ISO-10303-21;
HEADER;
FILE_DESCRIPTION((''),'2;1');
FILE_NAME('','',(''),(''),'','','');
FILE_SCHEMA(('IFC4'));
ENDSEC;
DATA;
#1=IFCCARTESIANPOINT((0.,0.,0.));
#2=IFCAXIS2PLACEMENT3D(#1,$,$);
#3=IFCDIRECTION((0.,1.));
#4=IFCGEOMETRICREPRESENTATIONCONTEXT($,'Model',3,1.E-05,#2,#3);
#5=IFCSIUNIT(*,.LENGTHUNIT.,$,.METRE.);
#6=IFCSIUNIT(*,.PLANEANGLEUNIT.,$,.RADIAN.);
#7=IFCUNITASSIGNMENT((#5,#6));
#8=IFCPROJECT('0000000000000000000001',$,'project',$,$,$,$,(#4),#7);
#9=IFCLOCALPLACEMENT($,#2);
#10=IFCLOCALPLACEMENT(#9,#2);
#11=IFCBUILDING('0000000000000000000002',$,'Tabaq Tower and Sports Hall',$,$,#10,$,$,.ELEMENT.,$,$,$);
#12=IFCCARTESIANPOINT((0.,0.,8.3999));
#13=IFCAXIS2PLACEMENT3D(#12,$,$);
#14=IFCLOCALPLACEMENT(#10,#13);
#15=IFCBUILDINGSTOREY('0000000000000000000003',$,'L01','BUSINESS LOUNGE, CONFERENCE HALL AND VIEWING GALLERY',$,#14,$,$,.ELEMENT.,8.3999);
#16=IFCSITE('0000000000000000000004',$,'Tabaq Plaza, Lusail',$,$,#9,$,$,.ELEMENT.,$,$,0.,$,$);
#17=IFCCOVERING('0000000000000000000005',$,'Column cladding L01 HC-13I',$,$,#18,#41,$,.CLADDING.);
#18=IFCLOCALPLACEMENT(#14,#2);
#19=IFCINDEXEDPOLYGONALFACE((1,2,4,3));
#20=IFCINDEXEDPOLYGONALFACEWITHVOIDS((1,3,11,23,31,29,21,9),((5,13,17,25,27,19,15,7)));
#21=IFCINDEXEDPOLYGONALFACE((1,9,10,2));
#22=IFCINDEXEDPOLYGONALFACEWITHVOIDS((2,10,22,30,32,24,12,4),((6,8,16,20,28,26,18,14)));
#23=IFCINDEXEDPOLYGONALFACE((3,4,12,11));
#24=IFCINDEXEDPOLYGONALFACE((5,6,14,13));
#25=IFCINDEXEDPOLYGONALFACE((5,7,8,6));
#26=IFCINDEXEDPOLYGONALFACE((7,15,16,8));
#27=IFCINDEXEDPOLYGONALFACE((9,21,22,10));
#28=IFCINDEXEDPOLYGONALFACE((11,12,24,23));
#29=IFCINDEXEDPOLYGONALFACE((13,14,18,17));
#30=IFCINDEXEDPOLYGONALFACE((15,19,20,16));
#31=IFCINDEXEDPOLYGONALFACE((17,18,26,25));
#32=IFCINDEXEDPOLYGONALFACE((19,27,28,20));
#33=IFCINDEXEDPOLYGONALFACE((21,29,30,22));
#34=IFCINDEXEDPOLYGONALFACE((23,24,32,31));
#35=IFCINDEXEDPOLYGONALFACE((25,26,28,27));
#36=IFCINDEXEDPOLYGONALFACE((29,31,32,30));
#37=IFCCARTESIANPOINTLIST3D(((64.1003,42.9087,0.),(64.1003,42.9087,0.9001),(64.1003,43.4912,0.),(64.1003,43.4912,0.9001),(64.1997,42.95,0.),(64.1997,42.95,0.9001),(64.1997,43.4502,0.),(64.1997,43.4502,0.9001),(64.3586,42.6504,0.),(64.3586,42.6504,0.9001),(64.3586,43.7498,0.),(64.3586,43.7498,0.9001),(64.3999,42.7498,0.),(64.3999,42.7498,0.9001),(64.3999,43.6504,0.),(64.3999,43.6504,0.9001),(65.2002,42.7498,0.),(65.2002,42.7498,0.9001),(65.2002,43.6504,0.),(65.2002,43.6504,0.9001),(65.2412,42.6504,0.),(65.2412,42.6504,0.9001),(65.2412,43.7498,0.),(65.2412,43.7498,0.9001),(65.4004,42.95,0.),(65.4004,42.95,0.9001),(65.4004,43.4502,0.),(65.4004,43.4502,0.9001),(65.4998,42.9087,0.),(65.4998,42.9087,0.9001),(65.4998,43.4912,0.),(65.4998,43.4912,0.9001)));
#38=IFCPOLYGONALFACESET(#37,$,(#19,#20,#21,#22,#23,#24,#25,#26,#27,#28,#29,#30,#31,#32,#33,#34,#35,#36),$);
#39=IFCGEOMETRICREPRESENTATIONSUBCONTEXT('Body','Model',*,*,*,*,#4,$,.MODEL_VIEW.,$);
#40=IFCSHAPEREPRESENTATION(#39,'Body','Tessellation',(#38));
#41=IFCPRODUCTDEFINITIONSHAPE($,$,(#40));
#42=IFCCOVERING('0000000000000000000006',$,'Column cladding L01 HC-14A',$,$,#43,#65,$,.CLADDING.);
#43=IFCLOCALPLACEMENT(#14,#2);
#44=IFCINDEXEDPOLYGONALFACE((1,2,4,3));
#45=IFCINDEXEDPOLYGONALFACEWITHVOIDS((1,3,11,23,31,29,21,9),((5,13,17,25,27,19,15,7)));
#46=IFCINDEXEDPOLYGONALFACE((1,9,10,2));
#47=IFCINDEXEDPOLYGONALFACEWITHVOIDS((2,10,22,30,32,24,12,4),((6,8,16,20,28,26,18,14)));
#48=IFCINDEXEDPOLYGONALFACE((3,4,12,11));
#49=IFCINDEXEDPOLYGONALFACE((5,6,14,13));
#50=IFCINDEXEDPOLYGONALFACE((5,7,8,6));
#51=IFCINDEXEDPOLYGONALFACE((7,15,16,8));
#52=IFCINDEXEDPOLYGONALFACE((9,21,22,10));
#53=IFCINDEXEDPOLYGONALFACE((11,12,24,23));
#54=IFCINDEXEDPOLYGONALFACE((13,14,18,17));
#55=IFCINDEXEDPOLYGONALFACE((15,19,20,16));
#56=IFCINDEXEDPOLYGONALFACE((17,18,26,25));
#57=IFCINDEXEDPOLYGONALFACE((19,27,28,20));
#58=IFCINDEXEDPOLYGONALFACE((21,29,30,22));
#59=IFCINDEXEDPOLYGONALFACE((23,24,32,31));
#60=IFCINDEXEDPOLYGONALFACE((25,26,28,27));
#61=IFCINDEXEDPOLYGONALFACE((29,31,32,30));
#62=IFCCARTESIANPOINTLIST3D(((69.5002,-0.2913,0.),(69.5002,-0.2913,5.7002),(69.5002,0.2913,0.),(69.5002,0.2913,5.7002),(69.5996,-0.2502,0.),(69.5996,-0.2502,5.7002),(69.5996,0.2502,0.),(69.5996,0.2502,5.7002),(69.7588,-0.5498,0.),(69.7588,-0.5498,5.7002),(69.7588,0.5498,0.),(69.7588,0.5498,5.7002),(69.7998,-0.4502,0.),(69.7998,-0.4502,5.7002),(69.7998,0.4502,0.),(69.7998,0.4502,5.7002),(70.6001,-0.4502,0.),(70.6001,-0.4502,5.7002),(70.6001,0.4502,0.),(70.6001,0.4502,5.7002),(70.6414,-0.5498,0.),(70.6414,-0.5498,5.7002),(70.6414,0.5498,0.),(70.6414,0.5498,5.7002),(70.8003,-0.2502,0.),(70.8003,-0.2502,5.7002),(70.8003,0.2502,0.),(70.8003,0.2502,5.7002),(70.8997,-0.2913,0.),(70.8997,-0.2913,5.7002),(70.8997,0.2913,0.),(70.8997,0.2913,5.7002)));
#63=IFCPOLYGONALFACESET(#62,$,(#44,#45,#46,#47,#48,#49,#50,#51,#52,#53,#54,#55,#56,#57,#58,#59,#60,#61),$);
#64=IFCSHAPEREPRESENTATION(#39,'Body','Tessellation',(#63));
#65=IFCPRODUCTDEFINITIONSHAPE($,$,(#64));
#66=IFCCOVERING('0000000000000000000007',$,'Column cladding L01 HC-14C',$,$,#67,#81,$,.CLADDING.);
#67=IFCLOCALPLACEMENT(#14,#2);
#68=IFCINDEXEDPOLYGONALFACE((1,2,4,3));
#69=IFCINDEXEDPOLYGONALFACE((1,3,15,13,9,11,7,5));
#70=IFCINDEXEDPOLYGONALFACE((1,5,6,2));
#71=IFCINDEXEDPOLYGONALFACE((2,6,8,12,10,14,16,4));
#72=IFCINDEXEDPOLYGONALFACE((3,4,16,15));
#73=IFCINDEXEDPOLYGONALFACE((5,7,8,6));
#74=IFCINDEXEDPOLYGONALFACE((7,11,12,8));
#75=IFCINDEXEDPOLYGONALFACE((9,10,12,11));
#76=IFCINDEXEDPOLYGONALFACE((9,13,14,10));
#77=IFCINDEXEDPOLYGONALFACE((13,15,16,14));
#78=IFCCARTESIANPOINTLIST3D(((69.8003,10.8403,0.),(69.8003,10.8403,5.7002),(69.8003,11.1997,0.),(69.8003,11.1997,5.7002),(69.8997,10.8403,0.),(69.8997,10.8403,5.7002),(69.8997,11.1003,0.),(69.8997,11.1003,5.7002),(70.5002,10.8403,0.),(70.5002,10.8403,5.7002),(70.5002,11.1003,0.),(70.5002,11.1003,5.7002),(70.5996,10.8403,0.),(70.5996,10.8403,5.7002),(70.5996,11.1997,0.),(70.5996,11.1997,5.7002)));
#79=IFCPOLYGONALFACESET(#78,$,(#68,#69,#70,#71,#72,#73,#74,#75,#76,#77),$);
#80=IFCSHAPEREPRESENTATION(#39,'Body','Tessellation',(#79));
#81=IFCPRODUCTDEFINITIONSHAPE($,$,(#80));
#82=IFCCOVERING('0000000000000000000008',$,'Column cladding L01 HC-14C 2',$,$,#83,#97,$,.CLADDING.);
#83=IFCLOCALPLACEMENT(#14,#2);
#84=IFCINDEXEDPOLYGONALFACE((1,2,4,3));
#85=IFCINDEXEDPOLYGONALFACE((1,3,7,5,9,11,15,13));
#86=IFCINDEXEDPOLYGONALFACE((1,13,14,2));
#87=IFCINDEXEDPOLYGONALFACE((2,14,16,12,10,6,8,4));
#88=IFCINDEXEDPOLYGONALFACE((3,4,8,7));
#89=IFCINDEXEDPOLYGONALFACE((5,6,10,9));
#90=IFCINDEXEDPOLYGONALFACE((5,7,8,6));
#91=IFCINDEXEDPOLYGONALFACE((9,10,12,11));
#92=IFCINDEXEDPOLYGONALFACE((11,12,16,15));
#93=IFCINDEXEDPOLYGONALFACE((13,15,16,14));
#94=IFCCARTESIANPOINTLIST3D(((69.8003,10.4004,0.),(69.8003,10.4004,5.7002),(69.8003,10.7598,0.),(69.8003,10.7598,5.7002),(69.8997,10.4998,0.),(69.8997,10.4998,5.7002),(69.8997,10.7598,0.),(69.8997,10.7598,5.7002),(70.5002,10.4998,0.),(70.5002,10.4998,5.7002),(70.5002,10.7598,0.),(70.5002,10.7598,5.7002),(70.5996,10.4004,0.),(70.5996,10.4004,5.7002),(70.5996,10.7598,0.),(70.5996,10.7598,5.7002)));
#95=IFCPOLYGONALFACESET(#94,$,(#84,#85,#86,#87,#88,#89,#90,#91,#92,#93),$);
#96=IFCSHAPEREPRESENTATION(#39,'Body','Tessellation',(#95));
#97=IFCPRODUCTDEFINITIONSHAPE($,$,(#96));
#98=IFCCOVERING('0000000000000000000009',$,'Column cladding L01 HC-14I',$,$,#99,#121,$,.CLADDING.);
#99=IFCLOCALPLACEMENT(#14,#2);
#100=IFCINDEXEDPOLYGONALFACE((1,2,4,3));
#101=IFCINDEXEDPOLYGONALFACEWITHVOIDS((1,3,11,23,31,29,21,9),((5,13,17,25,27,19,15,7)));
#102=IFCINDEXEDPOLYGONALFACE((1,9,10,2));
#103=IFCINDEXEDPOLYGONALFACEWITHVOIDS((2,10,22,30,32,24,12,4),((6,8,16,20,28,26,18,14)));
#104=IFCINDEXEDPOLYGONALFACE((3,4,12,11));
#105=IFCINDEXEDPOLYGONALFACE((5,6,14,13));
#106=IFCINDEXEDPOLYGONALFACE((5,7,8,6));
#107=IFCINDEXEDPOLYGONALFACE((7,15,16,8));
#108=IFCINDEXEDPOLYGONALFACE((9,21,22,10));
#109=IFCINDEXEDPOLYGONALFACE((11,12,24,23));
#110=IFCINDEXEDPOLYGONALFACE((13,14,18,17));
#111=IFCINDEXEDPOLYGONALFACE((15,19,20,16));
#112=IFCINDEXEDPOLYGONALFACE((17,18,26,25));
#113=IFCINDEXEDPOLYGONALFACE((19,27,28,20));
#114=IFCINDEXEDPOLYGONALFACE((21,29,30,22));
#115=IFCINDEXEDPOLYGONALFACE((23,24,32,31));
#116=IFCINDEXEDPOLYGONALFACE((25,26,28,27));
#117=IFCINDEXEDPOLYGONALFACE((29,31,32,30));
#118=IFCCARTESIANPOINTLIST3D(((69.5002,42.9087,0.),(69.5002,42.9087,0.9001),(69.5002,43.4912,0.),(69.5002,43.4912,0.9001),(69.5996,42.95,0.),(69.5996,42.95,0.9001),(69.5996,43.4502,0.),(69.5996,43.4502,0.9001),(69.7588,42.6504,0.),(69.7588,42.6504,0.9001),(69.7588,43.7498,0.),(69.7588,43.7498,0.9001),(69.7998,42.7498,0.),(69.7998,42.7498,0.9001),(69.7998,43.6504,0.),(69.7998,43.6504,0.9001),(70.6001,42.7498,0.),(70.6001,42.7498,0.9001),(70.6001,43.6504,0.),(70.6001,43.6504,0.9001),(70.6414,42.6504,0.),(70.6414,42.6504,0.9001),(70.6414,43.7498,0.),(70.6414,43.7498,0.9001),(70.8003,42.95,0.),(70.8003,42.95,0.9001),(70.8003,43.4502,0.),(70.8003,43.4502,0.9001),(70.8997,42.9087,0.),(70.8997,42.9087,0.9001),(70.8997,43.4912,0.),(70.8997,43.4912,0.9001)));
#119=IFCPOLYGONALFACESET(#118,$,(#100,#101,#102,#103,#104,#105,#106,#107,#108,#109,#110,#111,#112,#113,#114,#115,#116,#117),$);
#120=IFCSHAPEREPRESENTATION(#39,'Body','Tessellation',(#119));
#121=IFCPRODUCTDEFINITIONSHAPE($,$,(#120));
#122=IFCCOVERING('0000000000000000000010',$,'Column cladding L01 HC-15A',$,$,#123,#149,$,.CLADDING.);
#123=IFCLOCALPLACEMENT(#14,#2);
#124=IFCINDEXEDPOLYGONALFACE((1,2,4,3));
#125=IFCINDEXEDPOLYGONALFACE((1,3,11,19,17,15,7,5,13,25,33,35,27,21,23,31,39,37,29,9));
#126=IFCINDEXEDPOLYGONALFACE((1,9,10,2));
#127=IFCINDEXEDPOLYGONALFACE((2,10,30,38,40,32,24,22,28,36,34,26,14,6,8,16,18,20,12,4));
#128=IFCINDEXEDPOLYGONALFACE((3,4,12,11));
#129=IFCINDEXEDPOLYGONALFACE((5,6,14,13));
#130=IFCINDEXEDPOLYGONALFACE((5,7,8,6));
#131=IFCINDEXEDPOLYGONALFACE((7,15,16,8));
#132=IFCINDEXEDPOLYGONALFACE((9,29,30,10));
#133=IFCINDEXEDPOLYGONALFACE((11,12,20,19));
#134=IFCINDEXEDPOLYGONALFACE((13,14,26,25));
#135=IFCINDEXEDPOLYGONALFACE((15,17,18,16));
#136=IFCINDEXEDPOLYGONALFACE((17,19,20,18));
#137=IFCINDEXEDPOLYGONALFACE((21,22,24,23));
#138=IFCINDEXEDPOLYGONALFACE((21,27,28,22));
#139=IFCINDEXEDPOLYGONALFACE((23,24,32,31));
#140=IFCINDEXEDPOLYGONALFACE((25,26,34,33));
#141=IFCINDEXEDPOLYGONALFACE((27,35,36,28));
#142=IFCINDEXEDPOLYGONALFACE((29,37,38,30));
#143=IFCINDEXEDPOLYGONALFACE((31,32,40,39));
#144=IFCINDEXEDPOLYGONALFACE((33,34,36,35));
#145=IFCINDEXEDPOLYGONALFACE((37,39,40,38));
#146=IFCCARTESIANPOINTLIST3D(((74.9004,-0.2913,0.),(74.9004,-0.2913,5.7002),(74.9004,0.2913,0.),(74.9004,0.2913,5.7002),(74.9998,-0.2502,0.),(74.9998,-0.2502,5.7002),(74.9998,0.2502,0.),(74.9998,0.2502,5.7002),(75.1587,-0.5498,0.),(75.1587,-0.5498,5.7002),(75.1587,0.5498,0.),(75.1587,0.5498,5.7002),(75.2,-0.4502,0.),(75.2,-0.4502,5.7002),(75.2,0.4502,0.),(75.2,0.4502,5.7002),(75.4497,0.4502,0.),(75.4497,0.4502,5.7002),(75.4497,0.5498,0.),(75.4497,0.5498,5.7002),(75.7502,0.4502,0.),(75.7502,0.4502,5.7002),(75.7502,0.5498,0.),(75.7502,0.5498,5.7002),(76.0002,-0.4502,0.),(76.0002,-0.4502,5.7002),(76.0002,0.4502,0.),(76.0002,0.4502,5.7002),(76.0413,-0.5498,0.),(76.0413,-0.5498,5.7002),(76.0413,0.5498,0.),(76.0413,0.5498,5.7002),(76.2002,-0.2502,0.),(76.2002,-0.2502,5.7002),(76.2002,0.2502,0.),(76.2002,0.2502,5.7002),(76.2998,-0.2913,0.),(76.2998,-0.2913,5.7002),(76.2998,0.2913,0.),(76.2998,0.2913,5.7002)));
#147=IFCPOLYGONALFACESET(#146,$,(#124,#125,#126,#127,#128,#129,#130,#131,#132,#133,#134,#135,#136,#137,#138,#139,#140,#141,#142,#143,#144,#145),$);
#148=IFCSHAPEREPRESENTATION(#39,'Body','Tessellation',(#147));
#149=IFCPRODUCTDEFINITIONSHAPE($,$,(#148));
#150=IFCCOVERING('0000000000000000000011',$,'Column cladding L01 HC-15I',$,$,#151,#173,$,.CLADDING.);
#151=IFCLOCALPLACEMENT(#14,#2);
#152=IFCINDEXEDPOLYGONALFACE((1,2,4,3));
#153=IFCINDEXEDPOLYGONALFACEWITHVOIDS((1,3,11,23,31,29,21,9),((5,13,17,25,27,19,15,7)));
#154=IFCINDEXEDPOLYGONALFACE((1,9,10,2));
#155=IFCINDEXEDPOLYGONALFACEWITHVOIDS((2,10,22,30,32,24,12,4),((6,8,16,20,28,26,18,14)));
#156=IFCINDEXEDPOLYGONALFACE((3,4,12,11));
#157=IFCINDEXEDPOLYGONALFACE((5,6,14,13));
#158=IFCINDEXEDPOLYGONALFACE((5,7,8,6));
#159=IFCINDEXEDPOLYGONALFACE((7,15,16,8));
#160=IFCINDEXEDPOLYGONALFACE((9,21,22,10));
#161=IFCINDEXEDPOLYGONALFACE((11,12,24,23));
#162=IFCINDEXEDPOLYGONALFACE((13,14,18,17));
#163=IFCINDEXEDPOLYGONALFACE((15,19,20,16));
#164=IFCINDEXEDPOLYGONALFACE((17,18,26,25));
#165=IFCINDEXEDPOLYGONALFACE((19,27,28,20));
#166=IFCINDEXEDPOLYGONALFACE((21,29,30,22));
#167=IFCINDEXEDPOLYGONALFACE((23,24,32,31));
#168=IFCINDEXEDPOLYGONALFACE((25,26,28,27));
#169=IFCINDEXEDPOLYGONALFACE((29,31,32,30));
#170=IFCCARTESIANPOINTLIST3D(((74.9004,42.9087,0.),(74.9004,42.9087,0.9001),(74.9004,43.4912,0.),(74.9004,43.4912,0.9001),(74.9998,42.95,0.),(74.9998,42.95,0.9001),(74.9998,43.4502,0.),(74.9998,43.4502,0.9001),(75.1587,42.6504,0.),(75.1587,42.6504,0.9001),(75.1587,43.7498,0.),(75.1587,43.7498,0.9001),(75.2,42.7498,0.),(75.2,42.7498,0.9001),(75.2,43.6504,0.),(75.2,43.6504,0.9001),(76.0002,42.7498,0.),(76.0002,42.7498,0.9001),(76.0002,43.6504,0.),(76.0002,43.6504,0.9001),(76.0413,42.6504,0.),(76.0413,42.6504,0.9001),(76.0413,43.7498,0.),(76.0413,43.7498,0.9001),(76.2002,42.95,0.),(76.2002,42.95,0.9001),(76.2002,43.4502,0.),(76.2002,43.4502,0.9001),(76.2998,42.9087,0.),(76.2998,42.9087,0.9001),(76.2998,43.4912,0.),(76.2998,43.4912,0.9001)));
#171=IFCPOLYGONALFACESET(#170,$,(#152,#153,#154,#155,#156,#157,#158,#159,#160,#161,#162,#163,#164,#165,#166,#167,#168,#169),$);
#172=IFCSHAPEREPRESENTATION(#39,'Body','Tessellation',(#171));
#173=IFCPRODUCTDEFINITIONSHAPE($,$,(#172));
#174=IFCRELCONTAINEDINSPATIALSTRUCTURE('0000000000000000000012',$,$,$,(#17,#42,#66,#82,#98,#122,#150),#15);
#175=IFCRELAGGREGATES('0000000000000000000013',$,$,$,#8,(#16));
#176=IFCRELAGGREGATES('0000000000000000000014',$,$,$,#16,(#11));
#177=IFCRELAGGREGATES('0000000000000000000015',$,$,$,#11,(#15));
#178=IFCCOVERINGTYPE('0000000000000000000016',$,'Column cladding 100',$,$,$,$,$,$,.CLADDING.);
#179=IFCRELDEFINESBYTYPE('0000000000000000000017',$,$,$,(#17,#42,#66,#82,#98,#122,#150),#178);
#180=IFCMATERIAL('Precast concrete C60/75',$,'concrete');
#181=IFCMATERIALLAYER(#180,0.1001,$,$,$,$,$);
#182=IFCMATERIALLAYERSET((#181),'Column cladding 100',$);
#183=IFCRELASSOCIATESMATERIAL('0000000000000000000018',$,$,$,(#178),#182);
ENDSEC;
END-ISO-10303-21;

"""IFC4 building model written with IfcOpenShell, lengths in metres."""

from ifc_helpers import new_model, si_unit, direction, frame, origin, place, context, subcontext, project, spatial, polyline, outline, extrude, material, layer, layer_set, type_object, element, save


model = new_model("IFC4")

# Units and contexts
model_context = context("Model", 3, precision=1e-05, world=origin(), true_north=direction((0.0, 1.0)))
body_context = subcontext(model_context, "Body", "Model", "MODEL_VIEW")
ifc_project = project(units=[si_unit("LENGTHUNIT", "METRE"), si_unit("PLANEANGLEUNIT", "RADIAN")], contexts=[model_context])

# Site, building, storey
site_placement = place(None, origin())
site = spatial("IfcSite", under=ifc_project, at=site_placement, Name="Tabaq Plaza, Lusail", CompositionType="ELEMENT", RefElevation=0.0)
building_placement = place(site_placement, origin())
building = spatial("IfcBuilding", under=site, at=building_placement, Name="Tabaq Tower and Sports Hall", CompositionType="ELEMENT")
storey_placement = place(building_placement, frame((0.0, 0.0, 8.3999)))
storey = spatial("IfcBuildingStorey", under=building, at=storey_placement, Name="L01", Description="BUSINESS LOUNGE, CONFERENCE HALL AND VIEWING GALLERY", CompositionType="ELEMENT", Elevation=8.3999)

# Coverings
ifc_material_1 = material(Name="Precast concrete C60/75", Category="concrete")
ifc_layer_1 = layer(ifc_material_1, 0.1001)
ifc_layer_set_1 = layer_set([ifc_layer_1], Name="Column cladding 100")
covering_type = type_object("IfcCoveringType", Name="Column cladding 100", PredefinedType="CLADDING", material=ifc_layer_set_1)
covering_1_placement = place(storey_placement, origin())
element("IfcCovering", 1, at=covering_1_placement, inside=storey, type_object=covering_type, Name="Column cladding L01 HC-13I", PredefinedType="CLADDING", context=body_context, shape_type="SweptSolid", body=[
    extrude(outline(polyline([(64.1003, 42.9087), (64.1003, 43.4912), (64.3586, 43.7498), (65.2412, 43.7498), (65.4998, 43.4912), (65.4998, 42.9087), (65.2412, 42.6504), (64.3586, 42.6504), (64.1003, 42.9087)]), holes=[polyline([(65.2002, 42.7498), (65.4004, 42.95), (65.4004, 43.4502), (65.2002, 43.6504), (64.3999, 43.6504), (64.1997, 43.4502), (64.1997, 42.95), (64.3999, 42.7498), (65.2002, 42.7498)])]), origin(), (0.0, 0.0, 1.0), 0.9001),
])
covering_2_placement = place(storey_placement, origin())
element("IfcCovering", 2, at=covering_2_placement, inside=storey, type_object=covering_type, Name="Column cladding L01 HC-14A", PredefinedType="CLADDING", context=body_context, shape_type="SweptSolid", body=[
    extrude(outline(polyline([(69.5002, -0.2913), (69.5002, 0.2913), (69.7588, 0.5498), (70.6414, 0.5498), (70.8997, 0.2913), (70.8997, -0.2913), (70.6414, -0.5498), (69.7588, -0.5498), (69.5002, -0.2913)]), holes=[polyline([(70.6001, -0.4502), (70.8003, -0.2502), (70.8003, 0.2502), (70.6001, 0.4502), (69.7998, 0.4502), (69.5996, 0.2502), (69.5996, -0.2502), (69.7998, -0.4502), (70.6001, -0.4502)])]), origin(), (0.0, 0.0, 1.0), 5.7002),
])
covering_3_placement = place(storey_placement, origin())
element("IfcCovering", 3, at=covering_3_placement, inside=storey, type_object=covering_type, Name="Column cladding L01 HC-14C", PredefinedType="CLADDING", context=body_context, shape_type="SweptSolid", body=[
    extrude(outline(polyline([(70.5996, 11.1997), (70.5996, 10.8403), (70.5002, 10.8403), (70.5002, 11.1003), (69.8997, 11.1003), (69.8997, 10.8403), (69.8003, 10.8403), (69.8003, 11.1997), (70.5996, 11.1997)])), origin(), (0.0, 0.0, 1.0), 5.7002),
])
covering_4_placement = place(storey_placement, origin())
element("IfcCovering", 4, at=covering_4_placement, inside=storey, type_object=covering_type, Name="Column cladding L01 HC-14C 2", PredefinedType="CLADDING", context=body_context, shape_type="SweptSolid", body=[
    extrude(outline(polyline([(70.5996, 10.4004), (69.8003, 10.4004), (69.8003, 10.7598), (69.8997, 10.7598), (69.8997, 10.4998), (70.5002, 10.4998), (70.5002, 10.7598), (70.5996, 10.7598), (70.5996, 10.4004)])), origin(), (0.0, 0.0, 1.0), 5.7002),
])
covering_5_placement = place(storey_placement, origin())
element("IfcCovering", 5, at=covering_5_placement, inside=storey, type_object=covering_type, Name="Column cladding L01 HC-14I", PredefinedType="CLADDING", context=body_context, shape_type="SweptSolid", body=[
    extrude(outline(polyline([(69.5002, 42.9087), (69.5002, 43.4912), (69.7588, 43.7498), (70.6414, 43.7498), (70.8997, 43.4912), (70.8997, 42.9087), (70.6414, 42.6504), (69.7588, 42.6504), (69.5002, 42.9087)]), holes=[polyline([(70.6001, 42.7498), (70.8003, 42.95), (70.8003, 43.4502), (70.6001, 43.6504), (69.7998, 43.6504), (69.5996, 43.4502), (69.5996, 42.95), (69.7998, 42.7498), (70.6001, 42.7498)])]), origin(), (0.0, 0.0, 1.0), 0.9001),
])
covering_6_placement = place(storey_placement, origin())
element("IfcCovering", 6, at=covering_6_placement, inside=storey, type_object=covering_type, Name="Column cladding L01 HC-15A", PredefinedType="CLADDING", context=body_context, shape_type="SweptSolid", body=[
    extrude(outline(polyline([(74.9004, 0.2913), (75.1587, 0.5498), (75.4497, 0.5498), (75.4497, 0.4502), (75.2, 0.4502), (74.9998, 0.2502), (74.9998, -0.2502), (75.2, -0.4502), (76.0002, -0.4502), (76.2002, -0.2502), (76.2002, 0.2502), (76.0002, 0.4502), (75.7502, 0.4502), (75.7502, 0.5498), (76.0413, 0.5498), (76.2998, 0.2913), (76.2998, -0.2913), (76.0413, -0.5498), (75.1587, -0.5498), (74.9004, -0.2913), (74.9004, 0.2913)])), origin(), (0.0, 0.0, 1.0), 5.7002),
])
covering_7_placement = place(storey_placement, origin())
element("IfcCovering", 7, at=covering_7_placement, inside=storey, type_object=covering_type, Name="Column cladding L01 HC-15I", PredefinedType="CLADDING", context=body_context, shape_type="SweptSolid", body=[
    extrude(outline(polyline([(74.9004, 42.9087), (74.9004, 43.4912), (75.1587, 43.7498), (76.0413, 43.7498), (76.2998, 43.4912), (76.2998, 42.9087), (76.0413, 42.6504), (75.1587, 42.6504), (74.9004, 42.9087)]), holes=[polyline([(76.0002, 42.7498), (76.2002, 42.95), (76.2002, 43.4502), (76.0002, 43.6504), (75.2, 43.6504), (74.9998, 43.4502), (74.9998, 42.95), (75.2, 42.7498), (76.0002, 42.7498)])]), origin(), (0.0, 0.0, 1.0), 0.9001),
])

save(model, "model.ifc")
